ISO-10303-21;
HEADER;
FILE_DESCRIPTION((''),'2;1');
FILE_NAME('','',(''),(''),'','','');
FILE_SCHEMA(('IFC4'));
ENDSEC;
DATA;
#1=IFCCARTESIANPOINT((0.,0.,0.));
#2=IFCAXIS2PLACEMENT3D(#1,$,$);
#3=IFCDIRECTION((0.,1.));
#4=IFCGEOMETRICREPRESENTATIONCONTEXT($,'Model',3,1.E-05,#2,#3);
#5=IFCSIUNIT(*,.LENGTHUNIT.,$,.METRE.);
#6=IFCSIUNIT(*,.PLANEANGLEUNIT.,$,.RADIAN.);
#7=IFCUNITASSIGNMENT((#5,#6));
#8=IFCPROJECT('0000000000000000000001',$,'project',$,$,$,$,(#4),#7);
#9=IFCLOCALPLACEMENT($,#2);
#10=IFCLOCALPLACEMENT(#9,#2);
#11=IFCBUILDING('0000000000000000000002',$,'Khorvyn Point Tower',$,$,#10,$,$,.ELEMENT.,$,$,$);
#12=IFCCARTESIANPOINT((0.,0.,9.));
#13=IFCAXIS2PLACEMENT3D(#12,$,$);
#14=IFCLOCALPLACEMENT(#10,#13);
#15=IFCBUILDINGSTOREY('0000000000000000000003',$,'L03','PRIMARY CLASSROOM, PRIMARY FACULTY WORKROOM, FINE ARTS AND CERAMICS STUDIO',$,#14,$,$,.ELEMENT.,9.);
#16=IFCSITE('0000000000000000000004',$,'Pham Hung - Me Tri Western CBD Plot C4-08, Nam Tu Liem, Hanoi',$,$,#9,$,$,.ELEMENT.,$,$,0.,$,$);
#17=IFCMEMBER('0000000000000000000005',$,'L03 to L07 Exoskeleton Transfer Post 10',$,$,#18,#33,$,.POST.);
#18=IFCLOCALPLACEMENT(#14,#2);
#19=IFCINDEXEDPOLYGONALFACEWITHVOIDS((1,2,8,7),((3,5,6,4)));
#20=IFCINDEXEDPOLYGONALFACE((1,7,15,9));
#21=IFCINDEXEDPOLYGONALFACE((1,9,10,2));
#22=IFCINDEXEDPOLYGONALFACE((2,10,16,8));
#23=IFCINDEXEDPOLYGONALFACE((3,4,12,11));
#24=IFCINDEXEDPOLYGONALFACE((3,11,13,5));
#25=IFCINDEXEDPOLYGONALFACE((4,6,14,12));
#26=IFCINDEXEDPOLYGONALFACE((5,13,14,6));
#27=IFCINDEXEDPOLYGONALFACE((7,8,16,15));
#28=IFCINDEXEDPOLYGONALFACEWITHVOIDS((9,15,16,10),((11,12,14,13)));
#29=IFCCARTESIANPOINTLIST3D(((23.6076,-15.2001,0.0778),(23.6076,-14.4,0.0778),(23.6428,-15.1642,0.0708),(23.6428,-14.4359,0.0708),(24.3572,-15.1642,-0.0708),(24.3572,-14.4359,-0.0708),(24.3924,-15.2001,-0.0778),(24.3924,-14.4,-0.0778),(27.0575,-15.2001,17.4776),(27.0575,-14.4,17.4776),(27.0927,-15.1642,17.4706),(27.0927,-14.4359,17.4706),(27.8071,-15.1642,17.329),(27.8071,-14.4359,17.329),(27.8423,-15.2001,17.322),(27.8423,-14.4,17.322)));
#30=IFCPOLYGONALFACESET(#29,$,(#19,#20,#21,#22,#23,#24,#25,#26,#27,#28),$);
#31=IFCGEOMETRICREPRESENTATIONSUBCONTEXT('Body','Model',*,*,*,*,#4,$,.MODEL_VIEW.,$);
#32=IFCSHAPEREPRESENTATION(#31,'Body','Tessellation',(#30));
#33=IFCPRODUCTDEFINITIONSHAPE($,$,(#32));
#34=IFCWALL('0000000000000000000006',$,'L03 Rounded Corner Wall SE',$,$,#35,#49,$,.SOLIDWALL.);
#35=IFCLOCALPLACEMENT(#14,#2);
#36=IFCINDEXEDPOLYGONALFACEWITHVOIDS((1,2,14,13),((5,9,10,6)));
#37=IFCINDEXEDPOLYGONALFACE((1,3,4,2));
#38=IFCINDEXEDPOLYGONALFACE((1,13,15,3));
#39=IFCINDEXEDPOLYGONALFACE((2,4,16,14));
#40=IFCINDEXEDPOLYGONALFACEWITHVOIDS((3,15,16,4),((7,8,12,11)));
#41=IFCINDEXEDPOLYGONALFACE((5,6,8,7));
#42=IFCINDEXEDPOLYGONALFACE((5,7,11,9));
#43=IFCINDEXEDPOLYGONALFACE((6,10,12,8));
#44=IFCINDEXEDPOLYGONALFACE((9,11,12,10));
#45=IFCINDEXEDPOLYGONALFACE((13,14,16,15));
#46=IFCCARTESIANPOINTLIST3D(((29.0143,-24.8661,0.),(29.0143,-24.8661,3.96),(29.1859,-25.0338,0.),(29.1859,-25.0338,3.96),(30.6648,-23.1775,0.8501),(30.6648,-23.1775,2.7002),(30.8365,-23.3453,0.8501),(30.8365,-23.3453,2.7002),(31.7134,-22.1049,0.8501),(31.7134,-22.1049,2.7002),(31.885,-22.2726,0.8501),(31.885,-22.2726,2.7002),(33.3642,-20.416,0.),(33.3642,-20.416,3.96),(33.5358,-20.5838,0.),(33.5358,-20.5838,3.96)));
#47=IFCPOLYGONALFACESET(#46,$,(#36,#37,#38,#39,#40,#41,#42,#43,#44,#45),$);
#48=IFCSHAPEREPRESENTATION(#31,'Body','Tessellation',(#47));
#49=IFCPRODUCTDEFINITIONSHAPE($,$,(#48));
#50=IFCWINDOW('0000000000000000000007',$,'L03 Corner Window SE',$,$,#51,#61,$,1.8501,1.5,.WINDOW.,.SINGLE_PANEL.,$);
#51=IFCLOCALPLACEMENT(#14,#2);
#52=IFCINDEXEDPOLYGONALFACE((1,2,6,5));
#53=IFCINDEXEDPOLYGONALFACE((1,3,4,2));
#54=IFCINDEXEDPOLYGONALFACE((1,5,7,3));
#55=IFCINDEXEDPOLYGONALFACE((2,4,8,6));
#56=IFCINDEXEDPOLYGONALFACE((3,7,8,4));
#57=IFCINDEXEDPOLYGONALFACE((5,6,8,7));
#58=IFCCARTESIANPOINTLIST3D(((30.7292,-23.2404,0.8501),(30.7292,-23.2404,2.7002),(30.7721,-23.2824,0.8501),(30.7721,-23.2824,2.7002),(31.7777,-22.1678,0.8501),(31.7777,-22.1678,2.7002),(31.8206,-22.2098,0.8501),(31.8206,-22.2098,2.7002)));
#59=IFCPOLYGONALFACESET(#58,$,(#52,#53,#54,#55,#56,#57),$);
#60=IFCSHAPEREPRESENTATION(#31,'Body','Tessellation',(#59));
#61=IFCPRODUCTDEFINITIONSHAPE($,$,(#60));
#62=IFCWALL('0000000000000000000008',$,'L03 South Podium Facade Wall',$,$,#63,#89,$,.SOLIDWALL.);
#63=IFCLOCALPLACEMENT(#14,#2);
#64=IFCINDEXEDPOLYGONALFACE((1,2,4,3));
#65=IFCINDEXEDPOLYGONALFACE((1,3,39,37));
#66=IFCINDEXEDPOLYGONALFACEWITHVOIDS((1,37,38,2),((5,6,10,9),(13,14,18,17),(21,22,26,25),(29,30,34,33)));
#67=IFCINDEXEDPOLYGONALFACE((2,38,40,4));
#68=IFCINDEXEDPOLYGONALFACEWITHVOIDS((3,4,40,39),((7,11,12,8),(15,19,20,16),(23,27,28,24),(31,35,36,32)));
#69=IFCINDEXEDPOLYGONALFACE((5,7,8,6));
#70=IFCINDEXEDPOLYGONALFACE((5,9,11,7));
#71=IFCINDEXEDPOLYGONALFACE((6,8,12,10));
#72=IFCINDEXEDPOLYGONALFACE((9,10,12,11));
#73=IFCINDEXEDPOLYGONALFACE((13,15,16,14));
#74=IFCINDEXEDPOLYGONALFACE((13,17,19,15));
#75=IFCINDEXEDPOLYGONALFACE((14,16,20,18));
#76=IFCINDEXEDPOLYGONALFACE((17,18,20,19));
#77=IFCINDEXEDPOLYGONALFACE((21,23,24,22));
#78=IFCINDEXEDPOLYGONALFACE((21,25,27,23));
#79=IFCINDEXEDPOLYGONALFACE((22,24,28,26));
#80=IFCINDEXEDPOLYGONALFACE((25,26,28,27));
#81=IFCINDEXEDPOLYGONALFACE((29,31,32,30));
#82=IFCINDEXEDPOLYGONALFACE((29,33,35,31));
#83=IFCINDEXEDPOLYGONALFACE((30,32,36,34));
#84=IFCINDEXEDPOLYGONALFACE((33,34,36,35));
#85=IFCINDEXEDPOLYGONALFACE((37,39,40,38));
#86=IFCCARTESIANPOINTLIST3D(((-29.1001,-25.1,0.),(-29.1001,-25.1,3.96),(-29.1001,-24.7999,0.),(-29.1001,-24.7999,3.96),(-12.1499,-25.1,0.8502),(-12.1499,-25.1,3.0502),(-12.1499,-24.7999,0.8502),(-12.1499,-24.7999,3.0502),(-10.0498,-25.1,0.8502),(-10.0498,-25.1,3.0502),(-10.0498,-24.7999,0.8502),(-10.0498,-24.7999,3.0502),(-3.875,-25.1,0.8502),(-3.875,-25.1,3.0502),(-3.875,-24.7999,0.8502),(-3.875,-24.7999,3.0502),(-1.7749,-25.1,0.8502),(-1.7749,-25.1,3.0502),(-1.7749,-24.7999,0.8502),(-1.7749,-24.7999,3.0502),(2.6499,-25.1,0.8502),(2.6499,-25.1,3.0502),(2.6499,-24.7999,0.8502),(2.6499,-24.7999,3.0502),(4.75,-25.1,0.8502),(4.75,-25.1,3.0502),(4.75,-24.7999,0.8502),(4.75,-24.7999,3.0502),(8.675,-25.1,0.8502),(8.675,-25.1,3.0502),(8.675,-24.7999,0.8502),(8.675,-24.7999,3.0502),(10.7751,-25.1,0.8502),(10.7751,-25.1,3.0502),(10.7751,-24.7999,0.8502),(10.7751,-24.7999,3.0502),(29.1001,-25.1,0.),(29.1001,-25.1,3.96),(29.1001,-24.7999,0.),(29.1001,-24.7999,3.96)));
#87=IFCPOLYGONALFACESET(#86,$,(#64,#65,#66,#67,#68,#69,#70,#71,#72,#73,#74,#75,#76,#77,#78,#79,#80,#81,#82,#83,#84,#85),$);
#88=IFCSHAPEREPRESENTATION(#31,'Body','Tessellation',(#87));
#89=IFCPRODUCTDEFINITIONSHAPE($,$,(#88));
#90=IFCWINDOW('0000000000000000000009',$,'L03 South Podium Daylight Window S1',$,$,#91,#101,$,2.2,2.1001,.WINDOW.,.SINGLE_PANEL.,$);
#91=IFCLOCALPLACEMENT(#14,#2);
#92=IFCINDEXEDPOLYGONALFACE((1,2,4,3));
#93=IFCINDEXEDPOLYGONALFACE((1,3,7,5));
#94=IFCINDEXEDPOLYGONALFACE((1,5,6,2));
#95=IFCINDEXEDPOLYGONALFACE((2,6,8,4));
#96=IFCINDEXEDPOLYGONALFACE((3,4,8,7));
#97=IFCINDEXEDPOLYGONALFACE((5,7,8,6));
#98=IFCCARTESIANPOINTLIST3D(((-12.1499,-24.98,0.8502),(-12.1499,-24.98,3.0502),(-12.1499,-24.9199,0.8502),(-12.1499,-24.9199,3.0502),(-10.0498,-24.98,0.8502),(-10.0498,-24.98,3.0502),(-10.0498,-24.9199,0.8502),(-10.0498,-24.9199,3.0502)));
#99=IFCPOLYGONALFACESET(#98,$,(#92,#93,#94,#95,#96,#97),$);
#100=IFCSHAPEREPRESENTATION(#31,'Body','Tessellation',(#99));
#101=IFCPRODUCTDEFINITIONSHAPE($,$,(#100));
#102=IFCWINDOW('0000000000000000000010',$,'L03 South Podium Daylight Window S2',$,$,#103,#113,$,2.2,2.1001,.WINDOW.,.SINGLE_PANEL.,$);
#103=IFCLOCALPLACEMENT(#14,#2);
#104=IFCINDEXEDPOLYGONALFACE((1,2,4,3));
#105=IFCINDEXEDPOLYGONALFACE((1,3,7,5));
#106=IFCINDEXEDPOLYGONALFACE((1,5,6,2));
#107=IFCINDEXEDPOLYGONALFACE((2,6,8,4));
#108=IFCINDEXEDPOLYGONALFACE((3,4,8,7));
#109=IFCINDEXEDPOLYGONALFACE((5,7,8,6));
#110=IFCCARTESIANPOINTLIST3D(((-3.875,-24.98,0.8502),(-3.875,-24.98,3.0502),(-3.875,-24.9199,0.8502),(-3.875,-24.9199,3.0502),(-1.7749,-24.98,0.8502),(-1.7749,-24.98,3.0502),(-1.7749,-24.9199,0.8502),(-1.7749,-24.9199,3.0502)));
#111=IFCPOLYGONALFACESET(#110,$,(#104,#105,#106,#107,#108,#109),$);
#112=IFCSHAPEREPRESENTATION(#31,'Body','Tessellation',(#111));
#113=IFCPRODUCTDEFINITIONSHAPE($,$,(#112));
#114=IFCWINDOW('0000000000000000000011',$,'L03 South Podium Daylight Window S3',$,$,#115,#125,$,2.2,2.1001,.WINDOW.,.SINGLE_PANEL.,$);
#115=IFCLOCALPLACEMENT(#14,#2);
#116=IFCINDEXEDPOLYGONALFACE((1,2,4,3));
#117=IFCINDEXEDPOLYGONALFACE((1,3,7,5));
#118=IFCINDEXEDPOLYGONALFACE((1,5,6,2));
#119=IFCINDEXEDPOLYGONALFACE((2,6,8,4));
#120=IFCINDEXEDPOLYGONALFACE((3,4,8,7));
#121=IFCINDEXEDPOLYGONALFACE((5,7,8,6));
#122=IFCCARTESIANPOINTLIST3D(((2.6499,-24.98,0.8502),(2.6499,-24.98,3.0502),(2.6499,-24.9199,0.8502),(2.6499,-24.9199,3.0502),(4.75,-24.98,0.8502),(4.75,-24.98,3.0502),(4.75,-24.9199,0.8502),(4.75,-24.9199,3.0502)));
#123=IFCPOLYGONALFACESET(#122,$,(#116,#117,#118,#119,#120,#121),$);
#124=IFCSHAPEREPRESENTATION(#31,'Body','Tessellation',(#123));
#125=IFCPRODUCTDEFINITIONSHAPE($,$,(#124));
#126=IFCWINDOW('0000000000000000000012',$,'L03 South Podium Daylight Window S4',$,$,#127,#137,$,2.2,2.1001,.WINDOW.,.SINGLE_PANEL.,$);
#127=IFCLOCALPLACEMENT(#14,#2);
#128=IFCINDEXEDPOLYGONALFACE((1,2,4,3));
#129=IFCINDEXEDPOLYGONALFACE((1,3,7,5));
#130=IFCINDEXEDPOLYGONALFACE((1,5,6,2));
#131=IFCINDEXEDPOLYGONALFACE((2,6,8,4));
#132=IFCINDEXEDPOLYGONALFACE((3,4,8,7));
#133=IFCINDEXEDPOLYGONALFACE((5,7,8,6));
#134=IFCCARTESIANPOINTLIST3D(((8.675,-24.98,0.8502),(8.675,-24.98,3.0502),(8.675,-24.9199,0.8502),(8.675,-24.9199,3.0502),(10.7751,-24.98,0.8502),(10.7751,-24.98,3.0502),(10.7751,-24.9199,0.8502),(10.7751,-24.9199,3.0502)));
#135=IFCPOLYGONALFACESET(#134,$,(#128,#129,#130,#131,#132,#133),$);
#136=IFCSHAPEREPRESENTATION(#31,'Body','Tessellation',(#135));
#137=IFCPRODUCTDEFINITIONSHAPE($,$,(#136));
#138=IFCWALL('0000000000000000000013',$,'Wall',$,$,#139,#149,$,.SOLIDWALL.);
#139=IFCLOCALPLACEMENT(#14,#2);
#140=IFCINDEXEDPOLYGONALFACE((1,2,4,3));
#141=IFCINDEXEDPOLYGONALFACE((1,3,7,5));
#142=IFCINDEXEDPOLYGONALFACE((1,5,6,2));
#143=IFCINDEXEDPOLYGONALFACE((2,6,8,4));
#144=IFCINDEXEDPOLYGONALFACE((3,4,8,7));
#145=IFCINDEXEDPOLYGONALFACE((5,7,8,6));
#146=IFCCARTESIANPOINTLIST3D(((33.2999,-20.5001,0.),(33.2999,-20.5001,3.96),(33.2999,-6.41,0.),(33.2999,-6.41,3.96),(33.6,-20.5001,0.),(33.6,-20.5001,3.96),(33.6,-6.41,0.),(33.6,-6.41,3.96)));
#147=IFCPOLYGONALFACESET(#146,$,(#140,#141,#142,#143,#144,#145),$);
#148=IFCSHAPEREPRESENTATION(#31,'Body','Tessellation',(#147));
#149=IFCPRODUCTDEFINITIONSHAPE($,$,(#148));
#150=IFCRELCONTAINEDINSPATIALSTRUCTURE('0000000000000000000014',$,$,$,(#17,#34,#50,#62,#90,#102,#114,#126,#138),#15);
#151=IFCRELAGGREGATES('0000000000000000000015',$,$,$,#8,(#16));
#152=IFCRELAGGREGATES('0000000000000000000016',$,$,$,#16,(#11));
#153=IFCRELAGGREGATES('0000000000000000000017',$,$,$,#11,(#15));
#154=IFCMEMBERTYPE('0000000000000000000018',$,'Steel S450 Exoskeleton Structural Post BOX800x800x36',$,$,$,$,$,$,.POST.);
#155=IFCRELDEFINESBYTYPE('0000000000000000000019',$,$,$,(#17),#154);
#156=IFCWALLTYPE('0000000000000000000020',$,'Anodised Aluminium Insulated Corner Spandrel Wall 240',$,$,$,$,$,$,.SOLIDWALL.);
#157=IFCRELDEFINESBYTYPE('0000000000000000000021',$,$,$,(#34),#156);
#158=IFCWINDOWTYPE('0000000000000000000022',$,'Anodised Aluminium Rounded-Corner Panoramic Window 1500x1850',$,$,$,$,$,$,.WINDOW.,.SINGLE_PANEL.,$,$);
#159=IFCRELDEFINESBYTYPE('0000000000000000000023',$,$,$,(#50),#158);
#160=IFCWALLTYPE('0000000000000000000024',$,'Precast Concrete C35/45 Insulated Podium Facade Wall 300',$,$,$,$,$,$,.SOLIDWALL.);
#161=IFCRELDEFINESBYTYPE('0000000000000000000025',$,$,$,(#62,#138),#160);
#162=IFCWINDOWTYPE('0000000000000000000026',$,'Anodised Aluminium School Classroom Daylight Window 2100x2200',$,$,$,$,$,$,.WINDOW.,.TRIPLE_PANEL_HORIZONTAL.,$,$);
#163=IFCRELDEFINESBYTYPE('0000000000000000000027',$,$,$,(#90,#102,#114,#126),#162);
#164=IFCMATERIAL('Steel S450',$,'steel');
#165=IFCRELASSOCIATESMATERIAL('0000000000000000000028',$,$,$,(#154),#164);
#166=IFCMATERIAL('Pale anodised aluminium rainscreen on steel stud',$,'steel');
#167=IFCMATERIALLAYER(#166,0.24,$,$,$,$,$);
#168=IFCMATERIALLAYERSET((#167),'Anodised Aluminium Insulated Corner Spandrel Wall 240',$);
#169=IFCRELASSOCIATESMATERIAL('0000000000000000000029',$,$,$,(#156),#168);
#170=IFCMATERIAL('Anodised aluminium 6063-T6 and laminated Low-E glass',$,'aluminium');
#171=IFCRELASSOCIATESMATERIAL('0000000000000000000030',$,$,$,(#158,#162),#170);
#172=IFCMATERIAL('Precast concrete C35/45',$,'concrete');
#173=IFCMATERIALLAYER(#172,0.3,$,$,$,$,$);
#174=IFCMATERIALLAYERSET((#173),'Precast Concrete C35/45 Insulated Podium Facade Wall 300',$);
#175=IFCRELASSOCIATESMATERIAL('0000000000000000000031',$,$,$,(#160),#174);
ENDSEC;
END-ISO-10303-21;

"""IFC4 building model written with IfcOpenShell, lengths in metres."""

from ifc_helpers import new_model, si_unit, direction, frame, frame_2d, origin, origin_2d, place, context, subcontext, project, spatial, rectangle, hollow_rectangle, extrude, material, layer, layer_set, material_profile, profile_set, type_object, element, fill, save


model = new_model("IFC4")

# Units and contexts
model_context = context("Model", 3, precision=1e-05, world=origin(), true_north=direction((0.0, 1.0)))
body_context = subcontext(model_context, "Body", "Model", "MODEL_VIEW")
ifc_project = project(units=[si_unit("LENGTHUNIT", "METRE"), si_unit("PLANEANGLEUNIT", "RADIAN")], contexts=[model_context])

# Site, building, storey
site_placement = place(None, origin())
site = spatial("IfcSite", under=ifc_project, at=site_placement, Name="Pham Hung - Me Tri Western CBD Plot C4-08, Nam Tu Liem, Hanoi", CompositionType="ELEMENT", RefElevation=0.0)
building_placement = place(site_placement, origin())
building = spatial("IfcBuilding", under=site, at=building_placement, Name="Khorvyn Point Tower", CompositionType="ELEMENT")
storey_placement = place(building_placement, frame((0.0, 0.0, 9.0)))
storey = spatial("IfcBuildingStorey", under=building, at=storey_placement, Name="L03", Description="PRIMARY CLASSROOM, PRIMARY FACULTY WORKROOM, FINE ARTS AND CERAMICS STUDIO", CompositionType="ELEMENT", Elevation=9.0)

# Member
ifc_material_1 = material(Name="Steel S450", Category="steel")
ifc_material_profile_1 = material_profile(ifc_material_1, hollow_rectangle(XDim=0.8, YDim=0.8, WallThickness=0.0359, at=origin_2d()))
ifc_profile_set_1 = profile_set([ifc_material_profile_1], Name="Steel S450 BOX800x800x36")
member_type = type_object("IfcMemberType", Name="Steel S450 Exoskeleton Structural Post BOX800x800x36", PredefinedType="POST", material=ifc_profile_set_1)
member_1_placement = place(storey_placement, frame((24.0, -14.8, 0.0), z_axis=(0.194488, 0.0, 0.980905), x_axis=(0.0, 1.0, 0.0)))
element("IfcMember", 1, at=member_1_placement, inside=storey, type_object=member_type, Name="L03 to L07 Exoskeleton Transfer Post 10", PredefinedType="POST", context=body_context, shape_type="SweptSolid", body=[
    extrude(hollow_rectangle(XDim=0.8, YDim=0.8, WallThickness=0.0359, at=origin_2d()), origin(), (0.0, 0.0, 1.0), 17.7385),
])

# Wall, opening, window
ifc_material_2 = material(Name="Pale anodised aluminium rainscreen on steel stud", Category="steel")
ifc_layer_1 = layer(ifc_material_2, 0.24)
ifc_layer_set_1 = layer_set([ifc_layer_1], Name="Anodised Aluminium Insulated Corner Spandrel Wall 240")
wall_type_1 = type_object("IfcWallType", Name="Anodised Aluminium Insulated Corner Spandrel Wall 240", PredefinedType="SOLIDWALL", material=ifc_layer_set_1)
wall_1_placement = place(storey_placement, frame((33.45, -20.5, 0.0), z_axis=(0.0, 0.0, 1.0), x_axis=(-0.699018, -0.715104, 0.0)))
wall_1 = element("IfcWall", 2, at=wall_1_placement, inside=storey, type_object=wall_type_1, Name="L03 Rounded Corner Wall SE", PredefinedType="SOLIDWALL", context=body_context, shape_type="SweptSolid", body=[
    extrude(rectangle(XDim=6.2229, YDim=0.24, at=frame_2d((3.1113, 0.0))), origin(), (0.0, 0.0, 1.0), 3.96),
])
opening_1_placement = place(wall_1_placement, frame((2.3616, 0.0, 0.8501)))
opening_1 = element("IfcOpeningElement", 3, at=opening_1_placement, cuts=wall_1, PredefinedType="OPENING", context=body_context, shape_type="SweptSolid", body=[
    extrude(rectangle(XDim=1.5, YDim=1.8501, at=frame_2d((0.75, 0.925))), frame((0.0, 0.1299, 0.0), z_axis=(0.0, -1.0, 0.0), x_axis=(1.0, 0.0, 0.0)), (0.0, 0.0, 1.0), 0.26),
])
ifc_material_3 = material(Name="Anodised aluminium 6063-T6 and laminated Low-E glass", Category="aluminium")
window_type_1 = type_object("IfcWindowType", Name="Anodised Aluminium Rounded-Corner Panoramic Window 1500x1850", PartitioningType="SINGLE_PANEL", PredefinedType="WINDOW", material=ifc_material_3)
window_1_placement = place(opening_1_placement, origin())
window_1 = element("IfcWindow", 4, at=window_1_placement, inside=storey, type_object=window_type_1, Name="L03 Corner Window SE", OverallHeight=1.8501, OverallWidth=1.5, PartitioningType="SINGLE_PANEL", PredefinedType="WINDOW", context=body_context, shape_type="SweptSolid", body=[
    extrude(rectangle(XDim=1.5, YDim=1.8501, at=frame_2d((0.75, 0.925))), frame((0.0, 0.03, 0.0), z_axis=(0.0, -1.0, 0.0), x_axis=(1.0, 0.0, 0.0)), (0.0, 0.0, 1.0), 0.0601),
])
fill(opening_1, window_1)

# Wall, openings, windows
ifc_material_4 = material(Name="Precast concrete C35/45", Category="concrete")
ifc_layer_2 = layer(ifc_material_4, 0.3)
ifc_layer_set_2 = layer_set([ifc_layer_2], Name="Precast Concrete C35/45 Insulated Podium Facade Wall 300")
wall_type_2 = type_object("IfcWallType", Name="Precast Concrete C35/45 Insulated Podium Facade Wall 300", PredefinedType="SOLIDWALL", material=ifc_layer_set_2)
wall_2_placement = place(storey_placement, frame((29.1001, -24.95, 0.0), z_axis=(0.0, 0.0, 1.0), x_axis=(-1.0, 0.0, 0.0)))
wall_2 = element("IfcWall", 5, at=wall_2_placement, inside=storey, type_object=wall_type_2, Name="L03 South Podium Facade Wall", PredefinedType="SOLIDWALL", context=body_context, shape_type="SweptSolid", body=[
    extrude(rectangle(XDim=58.2002, YDim=0.3, at=frame_2d((29.1001, 0.0))), origin(), (0.0, 0.0, 1.0), 3.96),
])
opening_2_placement = place(wall_2_placement, frame((39.1499, 0.0, 0.8501)))
opening_2 = element("IfcOpeningElement", 6, at=opening_2_placement, cuts=wall_2, PredefinedType="OPENING", context=body_context, shape_type="SweptSolid", body=[
    extrude(rectangle(XDim=2.1001, YDim=2.2, at=frame_2d((1.05, 1.1001))), frame((0.0, 0.1599, 0.0), z_axis=(0.0, -1.0, 0.0), x_axis=(1.0, 0.0, 0.0)), (0.0, 0.0, 1.0), 0.3201),
])
opening_3_placement = place(wall_2_placement, frame((30.875, 0.0, 0.8501)))
opening_3 = element("IfcOpeningElement", 7, at=opening_3_placement, cuts=wall_2, PredefinedType="OPENING", context=body_context, shape_type="SweptSolid", body=[
    extrude(rectangle(XDim=2.1001, YDim=2.2, at=frame_2d((1.05, 1.1001))), frame((0.0, 0.1599, 0.0), z_axis=(0.0, -1.0, 0.0), x_axis=(1.0, 0.0, 0.0)), (0.0, 0.0, 1.0), 0.3201),
])
opening_4_placement = place(wall_2_placement, frame((24.3501, 0.0, 0.8501)))
opening_4 = element("IfcOpeningElement", 8, at=opening_4_placement, cuts=wall_2, PredefinedType="OPENING", context=body_context, shape_type="SweptSolid", body=[
    extrude(rectangle(XDim=2.1001, YDim=2.2, at=frame_2d((1.05, 1.1001))), frame((0.0, 0.1599, 0.0), z_axis=(0.0, -1.0, 0.0), x_axis=(1.0, 0.0, 0.0)), (0.0, 0.0, 1.0), 0.3201),
])
opening_5_placement = place(wall_2_placement, frame((18.325, 0.0, 0.8501)))
opening_5 = element("IfcOpeningElement", 9, at=opening_5_placement, cuts=wall_2, PredefinedType="OPENING", context=body_context, shape_type="SweptSolid", body=[
    extrude(rectangle(XDim=2.1001, YDim=2.2, at=frame_2d((1.05, 1.1001))), frame((0.0, 0.1599, 0.0), z_axis=(0.0, -1.0, 0.0), x_axis=(1.0, 0.0, 0.0)), (0.0, 0.0, 1.0), 0.3201),
])
window_type_2 = type_object("IfcWindowType", Name="Anodised Aluminium School Classroom Daylight Window 2100x2200", PartitioningType="TRIPLE_PANEL_HORIZONTAL", PredefinedType="WINDOW", material=ifc_material_3)
window_2_placement = place(opening_2_placement, origin())
window_2 = element("IfcWindow", 10, at=window_2_placement, inside=storey, type_object=window_type_2, Name="L03 South Podium Daylight Window S1", OverallHeight=2.2, OverallWidth=2.1001, PartitioningType="SINGLE_PANEL", PredefinedType="WINDOW", context=body_context, shape_type="SweptSolid", body=[
    extrude(rectangle(XDim=2.1001, YDim=2.2, at=frame_2d((1.05, 1.1001))), frame((0.0, 0.03, 0.0), z_axis=(0.0, -1.0, 0.0), x_axis=(1.0, 0.0, 0.0)), (0.0, 0.0, 1.0), 0.0601),
])
fill(opening_2, window_2)
window_3_placement = place(opening_3_placement, origin())
window_3 = element("IfcWindow", 11, at=window_3_placement, inside=storey, type_object=window_type_2, Name="L03 South Podium Daylight Window S2", OverallHeight=2.2, OverallWidth=2.1001, PartitioningType="SINGLE_PANEL", PredefinedType="WINDOW", context=body_context, shape_type="SweptSolid", body=[
    extrude(rectangle(XDim=2.1001, YDim=2.2, at=frame_2d((1.05, 1.1001))), frame((0.0, 0.03, 0.0), z_axis=(0.0, -1.0, 0.0), x_axis=(1.0, 0.0, 0.0)), (0.0, 0.0, 1.0), 0.0601),
])
fill(opening_3, window_3)
window_4_placement = place(opening_4_placement, origin())
window_4 = element("IfcWindow", 12, at=window_4_placement, inside=storey, type_object=window_type_2, Name="L03 South Podium Daylight Window S3", OverallHeight=2.2, OverallWidth=2.1001, PartitioningType="SINGLE_PANEL", PredefinedType="WINDOW", context=body_context, shape_type="SweptSolid", body=[
    extrude(rectangle(XDim=2.1001, YDim=2.2, at=frame_2d((1.05, 1.1001))), frame((0.0, 0.03, 0.0), z_axis=(0.0, -1.0, 0.0), x_axis=(1.0, 0.0, 0.0)), (0.0, 0.0, 1.0), 0.0601),
])
fill(opening_4, window_4)
window_5_placement = place(opening_5_placement, origin())
window_5 = element("IfcWindow", 13, at=window_5_placement, inside=storey, type_object=window_type_2, Name="L03 South Podium Daylight Window S4", OverallHeight=2.2, OverallWidth=2.1001, PartitioningType="SINGLE_PANEL", PredefinedType="WINDOW", context=body_context, shape_type="SweptSolid", body=[
    extrude(rectangle(XDim=2.1001, YDim=2.2, at=frame_2d((1.05, 1.1001))), frame((0.0, 0.03, 0.0), z_axis=(0.0, -1.0, 0.0), x_axis=(1.0, 0.0, 0.0)), (0.0, 0.0, 1.0), 0.0601),
])
fill(opening_5, window_5)

# Wall
wall_3_placement = place(storey_placement, frame((33.45, -20.5, 0.0), z_axis=(0.0, 0.0, 1.0), x_axis=(0.0, 1.0, 0.0)))
element("IfcWall", 14, at=wall_3_placement, inside=storey, type_object=wall_type_2, Name="Wall", PredefinedType="SOLIDWALL", context=body_context, shape_type="SweptSolid", body=[
    extrude(rectangle(XDim=14.0901, YDim=0.3, at=frame_2d((7.0449, 0.0))), origin(), (0.0, 0.0, 1.0), 3.96),
])

save(model, "model.ifc")
